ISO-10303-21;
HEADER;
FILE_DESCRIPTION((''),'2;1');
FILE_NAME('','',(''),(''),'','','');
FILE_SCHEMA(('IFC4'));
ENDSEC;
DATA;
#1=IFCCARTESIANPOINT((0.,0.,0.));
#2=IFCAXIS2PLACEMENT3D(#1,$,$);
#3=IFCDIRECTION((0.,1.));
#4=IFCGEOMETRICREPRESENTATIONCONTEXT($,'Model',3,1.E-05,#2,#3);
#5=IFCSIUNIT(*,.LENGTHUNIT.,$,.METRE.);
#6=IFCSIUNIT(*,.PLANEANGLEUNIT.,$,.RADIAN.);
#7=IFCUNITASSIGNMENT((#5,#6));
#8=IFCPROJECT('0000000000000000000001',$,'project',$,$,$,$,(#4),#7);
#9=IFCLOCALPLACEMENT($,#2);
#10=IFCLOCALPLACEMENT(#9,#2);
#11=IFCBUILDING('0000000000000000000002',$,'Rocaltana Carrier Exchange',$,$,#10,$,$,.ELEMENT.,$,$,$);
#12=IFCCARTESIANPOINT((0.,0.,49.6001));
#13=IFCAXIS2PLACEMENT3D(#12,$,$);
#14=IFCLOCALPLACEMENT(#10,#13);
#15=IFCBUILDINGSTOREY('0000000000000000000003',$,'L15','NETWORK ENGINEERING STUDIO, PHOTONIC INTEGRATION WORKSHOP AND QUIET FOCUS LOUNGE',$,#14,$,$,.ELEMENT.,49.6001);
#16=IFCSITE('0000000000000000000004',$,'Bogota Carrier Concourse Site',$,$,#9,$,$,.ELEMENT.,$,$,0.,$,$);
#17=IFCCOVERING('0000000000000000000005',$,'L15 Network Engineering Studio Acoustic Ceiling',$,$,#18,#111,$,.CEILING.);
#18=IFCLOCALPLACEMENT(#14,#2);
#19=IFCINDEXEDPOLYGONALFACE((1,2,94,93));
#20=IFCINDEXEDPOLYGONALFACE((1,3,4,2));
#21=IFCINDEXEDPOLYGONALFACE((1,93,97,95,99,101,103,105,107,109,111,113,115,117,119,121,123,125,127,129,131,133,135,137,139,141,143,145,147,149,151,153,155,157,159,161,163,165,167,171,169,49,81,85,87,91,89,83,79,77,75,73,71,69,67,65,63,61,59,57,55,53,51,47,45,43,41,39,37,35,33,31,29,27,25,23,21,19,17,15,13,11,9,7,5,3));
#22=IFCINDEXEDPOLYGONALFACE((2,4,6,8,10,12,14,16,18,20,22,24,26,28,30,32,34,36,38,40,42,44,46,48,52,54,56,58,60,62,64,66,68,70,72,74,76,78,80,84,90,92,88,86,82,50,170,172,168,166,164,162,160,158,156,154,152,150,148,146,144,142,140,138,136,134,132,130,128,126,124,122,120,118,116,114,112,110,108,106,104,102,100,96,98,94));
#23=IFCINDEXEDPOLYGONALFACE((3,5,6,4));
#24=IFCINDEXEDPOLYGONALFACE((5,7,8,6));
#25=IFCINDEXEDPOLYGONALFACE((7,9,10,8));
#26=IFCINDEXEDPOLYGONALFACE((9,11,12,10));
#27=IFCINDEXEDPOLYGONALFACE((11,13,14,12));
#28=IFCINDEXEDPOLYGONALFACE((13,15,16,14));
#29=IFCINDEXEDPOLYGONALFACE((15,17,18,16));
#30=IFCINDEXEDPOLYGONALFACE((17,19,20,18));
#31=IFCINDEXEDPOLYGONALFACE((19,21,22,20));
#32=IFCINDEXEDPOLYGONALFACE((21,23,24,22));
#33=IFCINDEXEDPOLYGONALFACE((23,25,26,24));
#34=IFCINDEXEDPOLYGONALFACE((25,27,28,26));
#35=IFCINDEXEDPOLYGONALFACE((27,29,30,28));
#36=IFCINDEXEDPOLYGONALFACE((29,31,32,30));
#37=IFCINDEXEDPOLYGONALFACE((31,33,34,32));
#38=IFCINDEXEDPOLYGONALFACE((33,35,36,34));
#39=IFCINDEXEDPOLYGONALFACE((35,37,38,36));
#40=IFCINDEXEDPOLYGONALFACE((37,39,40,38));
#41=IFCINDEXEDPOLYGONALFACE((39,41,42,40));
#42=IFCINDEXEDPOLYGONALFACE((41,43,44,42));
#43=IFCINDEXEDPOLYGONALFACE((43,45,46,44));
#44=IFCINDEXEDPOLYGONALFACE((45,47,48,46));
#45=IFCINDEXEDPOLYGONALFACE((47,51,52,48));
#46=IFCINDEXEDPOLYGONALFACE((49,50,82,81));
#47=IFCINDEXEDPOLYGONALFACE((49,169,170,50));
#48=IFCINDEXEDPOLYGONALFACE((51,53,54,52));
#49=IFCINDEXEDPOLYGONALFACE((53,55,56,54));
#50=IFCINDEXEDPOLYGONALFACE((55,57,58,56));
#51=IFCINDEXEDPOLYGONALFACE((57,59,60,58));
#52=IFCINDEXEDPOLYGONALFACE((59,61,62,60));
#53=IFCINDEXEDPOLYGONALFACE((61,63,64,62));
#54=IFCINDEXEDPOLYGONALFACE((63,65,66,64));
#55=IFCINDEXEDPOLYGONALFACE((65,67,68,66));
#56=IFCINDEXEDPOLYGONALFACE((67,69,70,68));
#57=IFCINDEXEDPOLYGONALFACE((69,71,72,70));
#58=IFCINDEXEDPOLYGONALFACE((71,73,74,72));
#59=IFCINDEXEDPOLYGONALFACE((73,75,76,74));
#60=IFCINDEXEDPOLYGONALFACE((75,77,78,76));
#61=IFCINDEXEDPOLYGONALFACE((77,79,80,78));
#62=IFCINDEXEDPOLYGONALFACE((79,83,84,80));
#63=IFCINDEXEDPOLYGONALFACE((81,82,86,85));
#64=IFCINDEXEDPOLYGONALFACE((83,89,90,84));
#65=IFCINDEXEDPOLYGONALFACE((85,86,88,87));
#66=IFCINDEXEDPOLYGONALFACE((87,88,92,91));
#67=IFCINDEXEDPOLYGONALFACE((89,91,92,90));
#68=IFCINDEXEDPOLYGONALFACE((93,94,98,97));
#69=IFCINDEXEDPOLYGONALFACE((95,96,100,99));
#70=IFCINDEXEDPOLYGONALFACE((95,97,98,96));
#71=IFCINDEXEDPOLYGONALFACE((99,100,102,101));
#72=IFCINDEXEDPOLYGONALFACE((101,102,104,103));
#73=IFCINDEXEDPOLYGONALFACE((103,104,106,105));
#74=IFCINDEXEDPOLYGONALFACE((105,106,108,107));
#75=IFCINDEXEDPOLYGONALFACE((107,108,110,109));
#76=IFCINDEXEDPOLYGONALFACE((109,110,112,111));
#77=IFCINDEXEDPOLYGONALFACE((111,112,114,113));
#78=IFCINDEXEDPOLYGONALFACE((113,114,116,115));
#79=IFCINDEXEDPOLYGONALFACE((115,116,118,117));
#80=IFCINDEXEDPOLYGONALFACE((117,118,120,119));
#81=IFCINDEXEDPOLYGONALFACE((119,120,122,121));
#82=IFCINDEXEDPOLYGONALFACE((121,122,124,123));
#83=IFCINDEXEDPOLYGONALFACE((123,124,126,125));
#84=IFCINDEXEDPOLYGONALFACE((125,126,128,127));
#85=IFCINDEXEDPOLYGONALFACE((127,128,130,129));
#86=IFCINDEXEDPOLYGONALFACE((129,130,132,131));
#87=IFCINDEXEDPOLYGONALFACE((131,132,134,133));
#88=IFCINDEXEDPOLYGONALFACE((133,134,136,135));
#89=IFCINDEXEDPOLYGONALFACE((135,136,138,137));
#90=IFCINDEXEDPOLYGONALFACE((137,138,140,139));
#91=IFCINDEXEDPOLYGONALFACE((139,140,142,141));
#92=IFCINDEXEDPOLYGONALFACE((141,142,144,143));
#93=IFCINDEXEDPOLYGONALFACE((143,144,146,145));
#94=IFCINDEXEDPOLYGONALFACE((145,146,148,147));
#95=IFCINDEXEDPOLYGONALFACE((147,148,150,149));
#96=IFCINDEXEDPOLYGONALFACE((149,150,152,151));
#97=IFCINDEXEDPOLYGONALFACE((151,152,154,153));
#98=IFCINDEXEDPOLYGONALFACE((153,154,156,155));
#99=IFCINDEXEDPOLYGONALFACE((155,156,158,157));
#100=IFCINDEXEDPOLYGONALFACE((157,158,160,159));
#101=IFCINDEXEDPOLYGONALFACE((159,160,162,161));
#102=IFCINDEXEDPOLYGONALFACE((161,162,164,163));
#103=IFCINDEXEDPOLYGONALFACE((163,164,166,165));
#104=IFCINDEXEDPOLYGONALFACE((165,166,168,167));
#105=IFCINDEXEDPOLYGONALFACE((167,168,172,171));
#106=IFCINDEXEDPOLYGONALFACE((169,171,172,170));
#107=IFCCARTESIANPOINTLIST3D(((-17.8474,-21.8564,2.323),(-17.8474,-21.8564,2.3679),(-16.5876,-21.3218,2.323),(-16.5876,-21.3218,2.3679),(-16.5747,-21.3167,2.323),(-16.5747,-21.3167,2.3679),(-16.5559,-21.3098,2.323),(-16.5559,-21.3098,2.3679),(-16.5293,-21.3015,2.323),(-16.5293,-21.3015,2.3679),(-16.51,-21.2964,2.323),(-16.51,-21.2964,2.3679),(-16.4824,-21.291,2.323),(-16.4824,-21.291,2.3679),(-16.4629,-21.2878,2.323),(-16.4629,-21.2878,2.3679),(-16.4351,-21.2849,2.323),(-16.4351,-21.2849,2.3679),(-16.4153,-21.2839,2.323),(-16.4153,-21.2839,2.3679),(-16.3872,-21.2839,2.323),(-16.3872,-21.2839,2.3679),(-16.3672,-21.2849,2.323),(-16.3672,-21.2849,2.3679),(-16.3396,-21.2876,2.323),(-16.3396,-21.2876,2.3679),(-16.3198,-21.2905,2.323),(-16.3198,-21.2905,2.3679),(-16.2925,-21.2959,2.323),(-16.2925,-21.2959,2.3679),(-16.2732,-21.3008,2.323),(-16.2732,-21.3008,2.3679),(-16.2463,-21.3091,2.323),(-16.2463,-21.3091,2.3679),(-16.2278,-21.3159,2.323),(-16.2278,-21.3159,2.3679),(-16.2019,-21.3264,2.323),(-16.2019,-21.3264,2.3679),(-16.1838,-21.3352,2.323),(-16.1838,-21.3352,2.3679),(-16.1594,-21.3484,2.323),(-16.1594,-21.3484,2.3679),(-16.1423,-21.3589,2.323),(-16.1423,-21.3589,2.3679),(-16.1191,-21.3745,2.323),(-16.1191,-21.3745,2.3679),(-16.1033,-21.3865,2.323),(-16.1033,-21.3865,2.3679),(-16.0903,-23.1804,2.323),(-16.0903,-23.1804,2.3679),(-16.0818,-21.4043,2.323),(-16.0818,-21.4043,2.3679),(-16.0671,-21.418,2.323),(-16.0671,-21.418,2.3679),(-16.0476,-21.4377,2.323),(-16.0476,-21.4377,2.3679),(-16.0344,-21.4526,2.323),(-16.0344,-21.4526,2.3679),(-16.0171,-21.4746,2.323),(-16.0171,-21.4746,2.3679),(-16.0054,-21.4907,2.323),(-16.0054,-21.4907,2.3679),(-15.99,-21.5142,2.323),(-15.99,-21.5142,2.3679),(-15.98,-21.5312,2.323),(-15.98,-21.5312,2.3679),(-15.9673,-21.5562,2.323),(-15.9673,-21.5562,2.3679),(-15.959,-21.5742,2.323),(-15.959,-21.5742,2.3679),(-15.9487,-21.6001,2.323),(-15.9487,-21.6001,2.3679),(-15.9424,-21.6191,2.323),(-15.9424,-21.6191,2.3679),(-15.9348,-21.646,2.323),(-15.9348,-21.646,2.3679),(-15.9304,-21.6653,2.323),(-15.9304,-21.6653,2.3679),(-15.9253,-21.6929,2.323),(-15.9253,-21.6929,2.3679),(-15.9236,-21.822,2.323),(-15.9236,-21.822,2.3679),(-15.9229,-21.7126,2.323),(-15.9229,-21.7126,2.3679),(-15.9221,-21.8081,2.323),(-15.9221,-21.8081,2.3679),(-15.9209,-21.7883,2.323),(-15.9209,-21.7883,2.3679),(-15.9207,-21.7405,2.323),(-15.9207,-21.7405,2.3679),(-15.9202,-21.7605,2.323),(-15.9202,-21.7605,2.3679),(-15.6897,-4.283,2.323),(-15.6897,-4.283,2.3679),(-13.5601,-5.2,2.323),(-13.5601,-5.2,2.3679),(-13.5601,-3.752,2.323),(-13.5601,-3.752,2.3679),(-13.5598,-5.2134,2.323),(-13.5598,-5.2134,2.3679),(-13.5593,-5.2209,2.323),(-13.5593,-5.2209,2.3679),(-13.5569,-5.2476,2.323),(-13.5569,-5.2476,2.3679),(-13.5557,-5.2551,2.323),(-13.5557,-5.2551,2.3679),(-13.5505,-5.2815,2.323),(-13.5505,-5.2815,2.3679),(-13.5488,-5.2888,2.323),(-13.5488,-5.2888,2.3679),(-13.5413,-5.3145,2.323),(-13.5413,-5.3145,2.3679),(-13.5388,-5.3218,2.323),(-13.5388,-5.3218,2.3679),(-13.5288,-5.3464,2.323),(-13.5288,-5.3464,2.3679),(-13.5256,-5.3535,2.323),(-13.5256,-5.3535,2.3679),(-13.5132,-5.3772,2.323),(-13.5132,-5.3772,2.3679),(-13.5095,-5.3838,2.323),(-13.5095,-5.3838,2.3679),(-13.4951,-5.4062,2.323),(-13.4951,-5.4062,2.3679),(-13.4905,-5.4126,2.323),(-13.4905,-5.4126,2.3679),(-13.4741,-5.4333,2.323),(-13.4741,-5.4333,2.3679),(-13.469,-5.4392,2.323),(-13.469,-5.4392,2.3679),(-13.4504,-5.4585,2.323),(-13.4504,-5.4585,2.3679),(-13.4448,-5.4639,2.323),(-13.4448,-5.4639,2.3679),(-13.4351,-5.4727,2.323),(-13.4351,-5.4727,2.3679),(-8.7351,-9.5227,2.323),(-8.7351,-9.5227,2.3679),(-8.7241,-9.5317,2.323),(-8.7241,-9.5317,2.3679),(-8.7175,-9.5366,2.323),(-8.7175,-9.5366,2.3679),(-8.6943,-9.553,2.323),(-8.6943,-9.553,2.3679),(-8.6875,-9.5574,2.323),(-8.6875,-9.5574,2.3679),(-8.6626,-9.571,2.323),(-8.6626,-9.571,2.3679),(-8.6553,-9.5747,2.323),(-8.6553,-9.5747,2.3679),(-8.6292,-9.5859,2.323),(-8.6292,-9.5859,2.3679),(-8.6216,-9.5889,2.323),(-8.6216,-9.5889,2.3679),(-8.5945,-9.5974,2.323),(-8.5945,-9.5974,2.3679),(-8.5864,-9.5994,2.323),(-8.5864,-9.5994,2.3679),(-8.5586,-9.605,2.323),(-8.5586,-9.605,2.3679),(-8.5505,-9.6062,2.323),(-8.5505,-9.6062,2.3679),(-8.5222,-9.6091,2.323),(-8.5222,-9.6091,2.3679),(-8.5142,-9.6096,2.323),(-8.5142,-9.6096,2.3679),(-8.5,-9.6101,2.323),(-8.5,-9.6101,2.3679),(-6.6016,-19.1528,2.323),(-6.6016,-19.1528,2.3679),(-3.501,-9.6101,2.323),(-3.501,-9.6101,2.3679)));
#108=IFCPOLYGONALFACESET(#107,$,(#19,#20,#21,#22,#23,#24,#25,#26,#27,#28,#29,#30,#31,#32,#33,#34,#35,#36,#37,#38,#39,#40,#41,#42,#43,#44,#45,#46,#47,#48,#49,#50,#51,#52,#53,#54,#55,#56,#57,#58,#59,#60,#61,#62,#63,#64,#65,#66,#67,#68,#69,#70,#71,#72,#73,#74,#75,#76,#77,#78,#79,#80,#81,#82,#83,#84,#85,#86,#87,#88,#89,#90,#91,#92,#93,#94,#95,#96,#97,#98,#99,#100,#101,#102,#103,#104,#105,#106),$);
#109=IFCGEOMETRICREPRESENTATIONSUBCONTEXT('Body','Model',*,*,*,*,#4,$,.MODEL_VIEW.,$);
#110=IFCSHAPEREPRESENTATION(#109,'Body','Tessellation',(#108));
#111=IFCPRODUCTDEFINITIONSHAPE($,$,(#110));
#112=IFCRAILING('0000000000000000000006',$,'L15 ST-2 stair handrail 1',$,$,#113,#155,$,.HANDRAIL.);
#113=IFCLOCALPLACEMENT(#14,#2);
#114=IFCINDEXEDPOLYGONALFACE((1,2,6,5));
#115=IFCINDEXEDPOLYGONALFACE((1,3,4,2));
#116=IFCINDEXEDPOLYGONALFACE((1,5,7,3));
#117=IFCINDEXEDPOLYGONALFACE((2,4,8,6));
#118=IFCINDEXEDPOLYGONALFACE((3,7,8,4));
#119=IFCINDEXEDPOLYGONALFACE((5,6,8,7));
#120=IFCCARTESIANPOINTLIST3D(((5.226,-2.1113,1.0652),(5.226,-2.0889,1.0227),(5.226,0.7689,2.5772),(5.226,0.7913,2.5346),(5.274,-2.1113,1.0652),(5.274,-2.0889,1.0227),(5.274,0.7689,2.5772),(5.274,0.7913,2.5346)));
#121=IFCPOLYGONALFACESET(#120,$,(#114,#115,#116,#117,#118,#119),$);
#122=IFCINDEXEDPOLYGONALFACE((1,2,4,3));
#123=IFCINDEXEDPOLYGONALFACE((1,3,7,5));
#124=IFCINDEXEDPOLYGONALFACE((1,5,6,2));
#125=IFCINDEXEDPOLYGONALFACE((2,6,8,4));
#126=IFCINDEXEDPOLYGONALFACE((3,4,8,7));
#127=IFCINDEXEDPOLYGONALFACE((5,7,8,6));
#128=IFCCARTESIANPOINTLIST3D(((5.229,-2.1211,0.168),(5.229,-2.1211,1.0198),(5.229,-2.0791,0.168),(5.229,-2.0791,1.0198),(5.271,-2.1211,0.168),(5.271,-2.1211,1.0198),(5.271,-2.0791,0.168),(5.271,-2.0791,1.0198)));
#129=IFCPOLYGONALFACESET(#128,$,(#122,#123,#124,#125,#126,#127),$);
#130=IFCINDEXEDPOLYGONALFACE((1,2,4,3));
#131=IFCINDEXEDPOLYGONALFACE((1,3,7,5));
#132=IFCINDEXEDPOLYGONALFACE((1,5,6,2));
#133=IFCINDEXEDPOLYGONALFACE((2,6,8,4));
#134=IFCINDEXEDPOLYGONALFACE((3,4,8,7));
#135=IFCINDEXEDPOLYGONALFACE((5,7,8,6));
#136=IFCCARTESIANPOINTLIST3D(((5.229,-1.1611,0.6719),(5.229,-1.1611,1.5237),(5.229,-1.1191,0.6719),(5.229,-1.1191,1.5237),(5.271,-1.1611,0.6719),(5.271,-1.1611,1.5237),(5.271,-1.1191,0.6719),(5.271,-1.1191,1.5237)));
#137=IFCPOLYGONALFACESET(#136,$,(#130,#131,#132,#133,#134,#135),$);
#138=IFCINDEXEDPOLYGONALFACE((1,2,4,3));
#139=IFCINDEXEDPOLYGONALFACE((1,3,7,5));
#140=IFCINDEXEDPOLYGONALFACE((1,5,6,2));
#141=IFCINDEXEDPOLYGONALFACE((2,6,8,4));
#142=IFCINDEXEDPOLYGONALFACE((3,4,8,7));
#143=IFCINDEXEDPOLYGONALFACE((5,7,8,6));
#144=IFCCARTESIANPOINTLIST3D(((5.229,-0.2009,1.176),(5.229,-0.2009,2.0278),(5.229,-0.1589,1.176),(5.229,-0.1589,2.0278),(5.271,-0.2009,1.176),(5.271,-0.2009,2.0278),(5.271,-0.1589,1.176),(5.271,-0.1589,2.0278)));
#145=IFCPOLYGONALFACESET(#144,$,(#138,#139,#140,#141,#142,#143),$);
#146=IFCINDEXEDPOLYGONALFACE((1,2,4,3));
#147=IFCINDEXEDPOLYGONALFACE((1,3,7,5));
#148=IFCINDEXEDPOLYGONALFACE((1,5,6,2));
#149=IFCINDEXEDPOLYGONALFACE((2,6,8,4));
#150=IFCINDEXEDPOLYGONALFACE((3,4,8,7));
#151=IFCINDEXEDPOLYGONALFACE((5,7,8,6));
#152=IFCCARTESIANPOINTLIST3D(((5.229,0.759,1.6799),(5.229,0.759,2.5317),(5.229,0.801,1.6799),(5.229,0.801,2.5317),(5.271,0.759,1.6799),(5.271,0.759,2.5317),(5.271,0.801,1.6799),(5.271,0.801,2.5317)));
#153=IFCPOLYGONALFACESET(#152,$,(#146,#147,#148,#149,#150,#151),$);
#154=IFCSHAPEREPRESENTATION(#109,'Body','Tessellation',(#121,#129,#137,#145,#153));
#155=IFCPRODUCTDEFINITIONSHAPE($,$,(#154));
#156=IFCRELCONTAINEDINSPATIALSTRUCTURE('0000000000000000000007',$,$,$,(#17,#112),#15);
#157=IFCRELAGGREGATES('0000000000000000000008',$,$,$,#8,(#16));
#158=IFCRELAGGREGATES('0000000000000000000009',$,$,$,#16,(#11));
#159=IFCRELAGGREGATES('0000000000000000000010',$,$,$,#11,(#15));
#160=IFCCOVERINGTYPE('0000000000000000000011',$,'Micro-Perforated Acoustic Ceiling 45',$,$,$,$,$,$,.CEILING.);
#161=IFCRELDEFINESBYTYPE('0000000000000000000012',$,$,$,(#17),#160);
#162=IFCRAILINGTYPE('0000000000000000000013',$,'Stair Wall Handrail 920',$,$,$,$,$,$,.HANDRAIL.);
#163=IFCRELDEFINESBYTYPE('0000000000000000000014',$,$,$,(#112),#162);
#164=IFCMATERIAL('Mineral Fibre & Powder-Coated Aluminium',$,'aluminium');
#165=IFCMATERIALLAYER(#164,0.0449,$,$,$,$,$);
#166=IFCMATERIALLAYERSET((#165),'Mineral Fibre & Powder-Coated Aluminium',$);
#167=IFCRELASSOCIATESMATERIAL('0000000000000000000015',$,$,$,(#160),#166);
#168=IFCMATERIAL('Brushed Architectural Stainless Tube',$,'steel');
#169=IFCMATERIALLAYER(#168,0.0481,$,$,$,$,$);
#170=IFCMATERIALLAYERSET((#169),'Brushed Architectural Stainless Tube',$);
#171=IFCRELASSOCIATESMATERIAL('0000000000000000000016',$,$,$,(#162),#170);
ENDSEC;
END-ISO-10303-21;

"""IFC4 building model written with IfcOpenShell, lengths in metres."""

from ifc_helpers import new_model, si_unit, direction, frame, origin, origin_2d, place, context, subcontext, project, spatial, polyline, rectangle, outline, extrude, material, layer, layer_set, type_object, element, save


model = new_model("IFC4")

# Units and contexts
model_context = context("Model", 3, precision=1e-05, world=origin(), true_north=direction((0.0, 1.0)))
body_context = subcontext(model_context, "Body", "Model", "MODEL_VIEW")
ifc_project = project(units=[si_unit("LENGTHUNIT", "METRE"), si_unit("PLANEANGLEUNIT", "RADIAN")], contexts=[model_context])

# Site, building, storey
site_placement = place(None, origin())
site = spatial("IfcSite", under=ifc_project, at=site_placement, Name="Bogota Carrier Concourse Site", CompositionType="ELEMENT", RefElevation=0.0)
building_placement = place(site_placement, origin())
building = spatial("IfcBuilding", under=site, at=building_placement, Name="Rocaltana Carrier Exchange", CompositionType="ELEMENT")
storey_placement = place(building_placement, frame((0.0, 0.0, 49.6001)))
storey = spatial("IfcBuildingStorey", under=building, at=storey_placement, Name="L15", Description="NETWORK ENGINEERING STUDIO, PHOTONIC INTEGRATION WORKSHOP AND QUIET FOCUS LOUNGE", CompositionType="ELEMENT", Elevation=49.6001)

# Covering
ifc_material_1 = material(Name="Mineral Fibre & Powder-Coated Aluminium", Category="aluminium")
ifc_layer_1 = layer(ifc_material_1, 0.0449)
ifc_layer_set_1 = layer_set([ifc_layer_1], Name="Mineral Fibre & Powder-Coated Aluminium")
covering_type = type_object("IfcCoveringType", Name="Micro-Perforated Acoustic Ceiling 45", PredefinedType="CEILING", material=ifc_layer_set_1)
covering_placement = place(storey_placement, frame((0.0, 0.0, 2.323)))
element("IfcCovering", 1, at=covering_placement, inside=storey, type_object=covering_type, Name="L15 Network Engineering Studio Acoustic Ceiling", PredefinedType="CEILING", context=body_context, shape_type="SweptSolid", body=[
    extrude(outline(polyline([(-15.9236, -21.822), (-15.9221, -21.8081), (-15.9209, -21.7883), (-15.9202, -21.7605), (-15.9207, -21.7405), (-15.9229, -21.7126), (-15.9253, -21.6929), (-15.9304, -21.6653), (-15.9348, -21.646), (-15.9424, -21.6191), (-15.9487, -21.6001), (-15.959, -21.5742), (-15.9673, -21.5562), (-15.98, -21.5312), (-15.99, -21.5142), (-16.0054, -21.4907), (-16.0171, -21.4746), (-16.0344, -21.4526), (-16.0476, -21.4377), (-16.0671, -21.418), (-16.0818, -21.4043), (-16.1033, -21.3865), (-16.1191, -21.3745), (-16.1423, -21.3589), (-16.1594, -21.3484), (-16.1838, -21.3352), (-16.2019, -21.3264), (-16.2278, -21.3159), (-16.2463, -21.3091), (-16.2732, -21.3008), (-16.2925, -21.2959), (-16.3198, -21.2905), (-16.3396, -21.2876), (-16.3672, -21.2849), (-16.3872, -21.2839), (-16.4153, -21.2839), (-16.4351, -21.2849), (-16.4629, -21.2878), (-16.4824, -21.291), (-16.51, -21.2964), (-16.5293, -21.3015), (-16.5559, -21.3098), (-16.5747, -21.3167), (-16.5876, -21.3218), (-17.8474, -21.8564), (-15.6897, -4.283), (-13.5601, -3.752), (-13.5601, -5.2), (-13.5598, -5.2134), (-13.5593, -5.2209), (-13.5569, -5.2476), (-13.5557, -5.2551), (-13.5505, -5.2815), (-13.5488, -5.2888), (-13.5413, -5.3145), (-13.5388, -5.3218), (-13.5288, -5.3464), (-13.5256, -5.3535), (-13.5132, -5.3772), (-13.5095, -5.3838), (-13.4951, -5.4062), (-13.4905, -5.4126), (-13.4741, -5.4333), (-13.469, -5.4392), (-13.4504, -5.4585), (-13.4448, -5.4639), (-13.4351, -5.4727), (-8.7351, -9.5227), (-8.7241, -9.5317), (-8.7175, -9.5366), (-8.6943, -9.553), (-8.6875, -9.5574), (-8.6626, -9.571), (-8.6553, -9.5747), (-8.6292, -9.5859), (-8.6216, -9.5889), (-8.5945, -9.5974), (-8.5864, -9.5994), (-8.5586, -9.605), (-8.5505, -9.6062), (-8.5222, -9.6091), (-8.5142, -9.6096), (-8.5, -9.6101), (-3.501, -9.6101), (-6.6016, -19.1528), (-16.0903, -23.1804), (-15.9236, -21.822)])), origin(), (0.0, 0.0, 1.0), 0.0449),
])

# Railing
ifc_material_2 = material(Name="Brushed Architectural Stainless Tube", Category="steel")
ifc_layer_2 = layer(ifc_material_2, 0.0481)
ifc_layer_set_2 = layer_set([ifc_layer_2], Name="Brushed Architectural Stainless Tube")
railing_type_1 = type_object("IfcRailingType", Name="Stair Wall Handrail 920", PredefinedType="HANDRAIL", material=ifc_layer_set_2)
railing_1_placement = place(storey_placement, frame((5.25, -2.1001, 0.168)))
element("IfcRailing", 2, at=railing_1_placement, inside=storey, type_object=railing_type_1, Name="L15 ST-2 stair handrail 1", PredefinedType="HANDRAIL", context=body_context, shape_type="SweptSolid", body=[
    extrude(rectangle(XDim=0.0481, YDim=0.0481, at=origin_2d()), frame((0.0, 0.0, 0.876), z_axis=(0.0, 0.885411, 0.464809), x_axis=(-1.0, 0.0, 0.0)), (0.0, 0.0, 1.0), 3.2529),
    extrude(rectangle(XDim=0.042, YDim=0.042, at=origin_2d()), origin(), (0.0, 0.0, 1.0), 0.8518),
    extrude(rectangle(XDim=0.042, YDim=0.042, at=origin_2d()), frame((0.0, 0.96, 0.5039)), (0.0, 0.0, 1.0), 0.8518),
    extrude(rectangle(XDim=0.042, YDim=0.042, at=origin_2d()), frame((0.0, 1.9202, 1.0081)), (0.0, 0.0, 1.0), 0.8518),
    extrude(rectangle(XDim=0.042, YDim=0.042, at=origin_2d()), frame((0.0, 2.8801, 1.512)), (0.0, 0.0, 1.0), 0.8518),
])

save(model, "model.ifc")
